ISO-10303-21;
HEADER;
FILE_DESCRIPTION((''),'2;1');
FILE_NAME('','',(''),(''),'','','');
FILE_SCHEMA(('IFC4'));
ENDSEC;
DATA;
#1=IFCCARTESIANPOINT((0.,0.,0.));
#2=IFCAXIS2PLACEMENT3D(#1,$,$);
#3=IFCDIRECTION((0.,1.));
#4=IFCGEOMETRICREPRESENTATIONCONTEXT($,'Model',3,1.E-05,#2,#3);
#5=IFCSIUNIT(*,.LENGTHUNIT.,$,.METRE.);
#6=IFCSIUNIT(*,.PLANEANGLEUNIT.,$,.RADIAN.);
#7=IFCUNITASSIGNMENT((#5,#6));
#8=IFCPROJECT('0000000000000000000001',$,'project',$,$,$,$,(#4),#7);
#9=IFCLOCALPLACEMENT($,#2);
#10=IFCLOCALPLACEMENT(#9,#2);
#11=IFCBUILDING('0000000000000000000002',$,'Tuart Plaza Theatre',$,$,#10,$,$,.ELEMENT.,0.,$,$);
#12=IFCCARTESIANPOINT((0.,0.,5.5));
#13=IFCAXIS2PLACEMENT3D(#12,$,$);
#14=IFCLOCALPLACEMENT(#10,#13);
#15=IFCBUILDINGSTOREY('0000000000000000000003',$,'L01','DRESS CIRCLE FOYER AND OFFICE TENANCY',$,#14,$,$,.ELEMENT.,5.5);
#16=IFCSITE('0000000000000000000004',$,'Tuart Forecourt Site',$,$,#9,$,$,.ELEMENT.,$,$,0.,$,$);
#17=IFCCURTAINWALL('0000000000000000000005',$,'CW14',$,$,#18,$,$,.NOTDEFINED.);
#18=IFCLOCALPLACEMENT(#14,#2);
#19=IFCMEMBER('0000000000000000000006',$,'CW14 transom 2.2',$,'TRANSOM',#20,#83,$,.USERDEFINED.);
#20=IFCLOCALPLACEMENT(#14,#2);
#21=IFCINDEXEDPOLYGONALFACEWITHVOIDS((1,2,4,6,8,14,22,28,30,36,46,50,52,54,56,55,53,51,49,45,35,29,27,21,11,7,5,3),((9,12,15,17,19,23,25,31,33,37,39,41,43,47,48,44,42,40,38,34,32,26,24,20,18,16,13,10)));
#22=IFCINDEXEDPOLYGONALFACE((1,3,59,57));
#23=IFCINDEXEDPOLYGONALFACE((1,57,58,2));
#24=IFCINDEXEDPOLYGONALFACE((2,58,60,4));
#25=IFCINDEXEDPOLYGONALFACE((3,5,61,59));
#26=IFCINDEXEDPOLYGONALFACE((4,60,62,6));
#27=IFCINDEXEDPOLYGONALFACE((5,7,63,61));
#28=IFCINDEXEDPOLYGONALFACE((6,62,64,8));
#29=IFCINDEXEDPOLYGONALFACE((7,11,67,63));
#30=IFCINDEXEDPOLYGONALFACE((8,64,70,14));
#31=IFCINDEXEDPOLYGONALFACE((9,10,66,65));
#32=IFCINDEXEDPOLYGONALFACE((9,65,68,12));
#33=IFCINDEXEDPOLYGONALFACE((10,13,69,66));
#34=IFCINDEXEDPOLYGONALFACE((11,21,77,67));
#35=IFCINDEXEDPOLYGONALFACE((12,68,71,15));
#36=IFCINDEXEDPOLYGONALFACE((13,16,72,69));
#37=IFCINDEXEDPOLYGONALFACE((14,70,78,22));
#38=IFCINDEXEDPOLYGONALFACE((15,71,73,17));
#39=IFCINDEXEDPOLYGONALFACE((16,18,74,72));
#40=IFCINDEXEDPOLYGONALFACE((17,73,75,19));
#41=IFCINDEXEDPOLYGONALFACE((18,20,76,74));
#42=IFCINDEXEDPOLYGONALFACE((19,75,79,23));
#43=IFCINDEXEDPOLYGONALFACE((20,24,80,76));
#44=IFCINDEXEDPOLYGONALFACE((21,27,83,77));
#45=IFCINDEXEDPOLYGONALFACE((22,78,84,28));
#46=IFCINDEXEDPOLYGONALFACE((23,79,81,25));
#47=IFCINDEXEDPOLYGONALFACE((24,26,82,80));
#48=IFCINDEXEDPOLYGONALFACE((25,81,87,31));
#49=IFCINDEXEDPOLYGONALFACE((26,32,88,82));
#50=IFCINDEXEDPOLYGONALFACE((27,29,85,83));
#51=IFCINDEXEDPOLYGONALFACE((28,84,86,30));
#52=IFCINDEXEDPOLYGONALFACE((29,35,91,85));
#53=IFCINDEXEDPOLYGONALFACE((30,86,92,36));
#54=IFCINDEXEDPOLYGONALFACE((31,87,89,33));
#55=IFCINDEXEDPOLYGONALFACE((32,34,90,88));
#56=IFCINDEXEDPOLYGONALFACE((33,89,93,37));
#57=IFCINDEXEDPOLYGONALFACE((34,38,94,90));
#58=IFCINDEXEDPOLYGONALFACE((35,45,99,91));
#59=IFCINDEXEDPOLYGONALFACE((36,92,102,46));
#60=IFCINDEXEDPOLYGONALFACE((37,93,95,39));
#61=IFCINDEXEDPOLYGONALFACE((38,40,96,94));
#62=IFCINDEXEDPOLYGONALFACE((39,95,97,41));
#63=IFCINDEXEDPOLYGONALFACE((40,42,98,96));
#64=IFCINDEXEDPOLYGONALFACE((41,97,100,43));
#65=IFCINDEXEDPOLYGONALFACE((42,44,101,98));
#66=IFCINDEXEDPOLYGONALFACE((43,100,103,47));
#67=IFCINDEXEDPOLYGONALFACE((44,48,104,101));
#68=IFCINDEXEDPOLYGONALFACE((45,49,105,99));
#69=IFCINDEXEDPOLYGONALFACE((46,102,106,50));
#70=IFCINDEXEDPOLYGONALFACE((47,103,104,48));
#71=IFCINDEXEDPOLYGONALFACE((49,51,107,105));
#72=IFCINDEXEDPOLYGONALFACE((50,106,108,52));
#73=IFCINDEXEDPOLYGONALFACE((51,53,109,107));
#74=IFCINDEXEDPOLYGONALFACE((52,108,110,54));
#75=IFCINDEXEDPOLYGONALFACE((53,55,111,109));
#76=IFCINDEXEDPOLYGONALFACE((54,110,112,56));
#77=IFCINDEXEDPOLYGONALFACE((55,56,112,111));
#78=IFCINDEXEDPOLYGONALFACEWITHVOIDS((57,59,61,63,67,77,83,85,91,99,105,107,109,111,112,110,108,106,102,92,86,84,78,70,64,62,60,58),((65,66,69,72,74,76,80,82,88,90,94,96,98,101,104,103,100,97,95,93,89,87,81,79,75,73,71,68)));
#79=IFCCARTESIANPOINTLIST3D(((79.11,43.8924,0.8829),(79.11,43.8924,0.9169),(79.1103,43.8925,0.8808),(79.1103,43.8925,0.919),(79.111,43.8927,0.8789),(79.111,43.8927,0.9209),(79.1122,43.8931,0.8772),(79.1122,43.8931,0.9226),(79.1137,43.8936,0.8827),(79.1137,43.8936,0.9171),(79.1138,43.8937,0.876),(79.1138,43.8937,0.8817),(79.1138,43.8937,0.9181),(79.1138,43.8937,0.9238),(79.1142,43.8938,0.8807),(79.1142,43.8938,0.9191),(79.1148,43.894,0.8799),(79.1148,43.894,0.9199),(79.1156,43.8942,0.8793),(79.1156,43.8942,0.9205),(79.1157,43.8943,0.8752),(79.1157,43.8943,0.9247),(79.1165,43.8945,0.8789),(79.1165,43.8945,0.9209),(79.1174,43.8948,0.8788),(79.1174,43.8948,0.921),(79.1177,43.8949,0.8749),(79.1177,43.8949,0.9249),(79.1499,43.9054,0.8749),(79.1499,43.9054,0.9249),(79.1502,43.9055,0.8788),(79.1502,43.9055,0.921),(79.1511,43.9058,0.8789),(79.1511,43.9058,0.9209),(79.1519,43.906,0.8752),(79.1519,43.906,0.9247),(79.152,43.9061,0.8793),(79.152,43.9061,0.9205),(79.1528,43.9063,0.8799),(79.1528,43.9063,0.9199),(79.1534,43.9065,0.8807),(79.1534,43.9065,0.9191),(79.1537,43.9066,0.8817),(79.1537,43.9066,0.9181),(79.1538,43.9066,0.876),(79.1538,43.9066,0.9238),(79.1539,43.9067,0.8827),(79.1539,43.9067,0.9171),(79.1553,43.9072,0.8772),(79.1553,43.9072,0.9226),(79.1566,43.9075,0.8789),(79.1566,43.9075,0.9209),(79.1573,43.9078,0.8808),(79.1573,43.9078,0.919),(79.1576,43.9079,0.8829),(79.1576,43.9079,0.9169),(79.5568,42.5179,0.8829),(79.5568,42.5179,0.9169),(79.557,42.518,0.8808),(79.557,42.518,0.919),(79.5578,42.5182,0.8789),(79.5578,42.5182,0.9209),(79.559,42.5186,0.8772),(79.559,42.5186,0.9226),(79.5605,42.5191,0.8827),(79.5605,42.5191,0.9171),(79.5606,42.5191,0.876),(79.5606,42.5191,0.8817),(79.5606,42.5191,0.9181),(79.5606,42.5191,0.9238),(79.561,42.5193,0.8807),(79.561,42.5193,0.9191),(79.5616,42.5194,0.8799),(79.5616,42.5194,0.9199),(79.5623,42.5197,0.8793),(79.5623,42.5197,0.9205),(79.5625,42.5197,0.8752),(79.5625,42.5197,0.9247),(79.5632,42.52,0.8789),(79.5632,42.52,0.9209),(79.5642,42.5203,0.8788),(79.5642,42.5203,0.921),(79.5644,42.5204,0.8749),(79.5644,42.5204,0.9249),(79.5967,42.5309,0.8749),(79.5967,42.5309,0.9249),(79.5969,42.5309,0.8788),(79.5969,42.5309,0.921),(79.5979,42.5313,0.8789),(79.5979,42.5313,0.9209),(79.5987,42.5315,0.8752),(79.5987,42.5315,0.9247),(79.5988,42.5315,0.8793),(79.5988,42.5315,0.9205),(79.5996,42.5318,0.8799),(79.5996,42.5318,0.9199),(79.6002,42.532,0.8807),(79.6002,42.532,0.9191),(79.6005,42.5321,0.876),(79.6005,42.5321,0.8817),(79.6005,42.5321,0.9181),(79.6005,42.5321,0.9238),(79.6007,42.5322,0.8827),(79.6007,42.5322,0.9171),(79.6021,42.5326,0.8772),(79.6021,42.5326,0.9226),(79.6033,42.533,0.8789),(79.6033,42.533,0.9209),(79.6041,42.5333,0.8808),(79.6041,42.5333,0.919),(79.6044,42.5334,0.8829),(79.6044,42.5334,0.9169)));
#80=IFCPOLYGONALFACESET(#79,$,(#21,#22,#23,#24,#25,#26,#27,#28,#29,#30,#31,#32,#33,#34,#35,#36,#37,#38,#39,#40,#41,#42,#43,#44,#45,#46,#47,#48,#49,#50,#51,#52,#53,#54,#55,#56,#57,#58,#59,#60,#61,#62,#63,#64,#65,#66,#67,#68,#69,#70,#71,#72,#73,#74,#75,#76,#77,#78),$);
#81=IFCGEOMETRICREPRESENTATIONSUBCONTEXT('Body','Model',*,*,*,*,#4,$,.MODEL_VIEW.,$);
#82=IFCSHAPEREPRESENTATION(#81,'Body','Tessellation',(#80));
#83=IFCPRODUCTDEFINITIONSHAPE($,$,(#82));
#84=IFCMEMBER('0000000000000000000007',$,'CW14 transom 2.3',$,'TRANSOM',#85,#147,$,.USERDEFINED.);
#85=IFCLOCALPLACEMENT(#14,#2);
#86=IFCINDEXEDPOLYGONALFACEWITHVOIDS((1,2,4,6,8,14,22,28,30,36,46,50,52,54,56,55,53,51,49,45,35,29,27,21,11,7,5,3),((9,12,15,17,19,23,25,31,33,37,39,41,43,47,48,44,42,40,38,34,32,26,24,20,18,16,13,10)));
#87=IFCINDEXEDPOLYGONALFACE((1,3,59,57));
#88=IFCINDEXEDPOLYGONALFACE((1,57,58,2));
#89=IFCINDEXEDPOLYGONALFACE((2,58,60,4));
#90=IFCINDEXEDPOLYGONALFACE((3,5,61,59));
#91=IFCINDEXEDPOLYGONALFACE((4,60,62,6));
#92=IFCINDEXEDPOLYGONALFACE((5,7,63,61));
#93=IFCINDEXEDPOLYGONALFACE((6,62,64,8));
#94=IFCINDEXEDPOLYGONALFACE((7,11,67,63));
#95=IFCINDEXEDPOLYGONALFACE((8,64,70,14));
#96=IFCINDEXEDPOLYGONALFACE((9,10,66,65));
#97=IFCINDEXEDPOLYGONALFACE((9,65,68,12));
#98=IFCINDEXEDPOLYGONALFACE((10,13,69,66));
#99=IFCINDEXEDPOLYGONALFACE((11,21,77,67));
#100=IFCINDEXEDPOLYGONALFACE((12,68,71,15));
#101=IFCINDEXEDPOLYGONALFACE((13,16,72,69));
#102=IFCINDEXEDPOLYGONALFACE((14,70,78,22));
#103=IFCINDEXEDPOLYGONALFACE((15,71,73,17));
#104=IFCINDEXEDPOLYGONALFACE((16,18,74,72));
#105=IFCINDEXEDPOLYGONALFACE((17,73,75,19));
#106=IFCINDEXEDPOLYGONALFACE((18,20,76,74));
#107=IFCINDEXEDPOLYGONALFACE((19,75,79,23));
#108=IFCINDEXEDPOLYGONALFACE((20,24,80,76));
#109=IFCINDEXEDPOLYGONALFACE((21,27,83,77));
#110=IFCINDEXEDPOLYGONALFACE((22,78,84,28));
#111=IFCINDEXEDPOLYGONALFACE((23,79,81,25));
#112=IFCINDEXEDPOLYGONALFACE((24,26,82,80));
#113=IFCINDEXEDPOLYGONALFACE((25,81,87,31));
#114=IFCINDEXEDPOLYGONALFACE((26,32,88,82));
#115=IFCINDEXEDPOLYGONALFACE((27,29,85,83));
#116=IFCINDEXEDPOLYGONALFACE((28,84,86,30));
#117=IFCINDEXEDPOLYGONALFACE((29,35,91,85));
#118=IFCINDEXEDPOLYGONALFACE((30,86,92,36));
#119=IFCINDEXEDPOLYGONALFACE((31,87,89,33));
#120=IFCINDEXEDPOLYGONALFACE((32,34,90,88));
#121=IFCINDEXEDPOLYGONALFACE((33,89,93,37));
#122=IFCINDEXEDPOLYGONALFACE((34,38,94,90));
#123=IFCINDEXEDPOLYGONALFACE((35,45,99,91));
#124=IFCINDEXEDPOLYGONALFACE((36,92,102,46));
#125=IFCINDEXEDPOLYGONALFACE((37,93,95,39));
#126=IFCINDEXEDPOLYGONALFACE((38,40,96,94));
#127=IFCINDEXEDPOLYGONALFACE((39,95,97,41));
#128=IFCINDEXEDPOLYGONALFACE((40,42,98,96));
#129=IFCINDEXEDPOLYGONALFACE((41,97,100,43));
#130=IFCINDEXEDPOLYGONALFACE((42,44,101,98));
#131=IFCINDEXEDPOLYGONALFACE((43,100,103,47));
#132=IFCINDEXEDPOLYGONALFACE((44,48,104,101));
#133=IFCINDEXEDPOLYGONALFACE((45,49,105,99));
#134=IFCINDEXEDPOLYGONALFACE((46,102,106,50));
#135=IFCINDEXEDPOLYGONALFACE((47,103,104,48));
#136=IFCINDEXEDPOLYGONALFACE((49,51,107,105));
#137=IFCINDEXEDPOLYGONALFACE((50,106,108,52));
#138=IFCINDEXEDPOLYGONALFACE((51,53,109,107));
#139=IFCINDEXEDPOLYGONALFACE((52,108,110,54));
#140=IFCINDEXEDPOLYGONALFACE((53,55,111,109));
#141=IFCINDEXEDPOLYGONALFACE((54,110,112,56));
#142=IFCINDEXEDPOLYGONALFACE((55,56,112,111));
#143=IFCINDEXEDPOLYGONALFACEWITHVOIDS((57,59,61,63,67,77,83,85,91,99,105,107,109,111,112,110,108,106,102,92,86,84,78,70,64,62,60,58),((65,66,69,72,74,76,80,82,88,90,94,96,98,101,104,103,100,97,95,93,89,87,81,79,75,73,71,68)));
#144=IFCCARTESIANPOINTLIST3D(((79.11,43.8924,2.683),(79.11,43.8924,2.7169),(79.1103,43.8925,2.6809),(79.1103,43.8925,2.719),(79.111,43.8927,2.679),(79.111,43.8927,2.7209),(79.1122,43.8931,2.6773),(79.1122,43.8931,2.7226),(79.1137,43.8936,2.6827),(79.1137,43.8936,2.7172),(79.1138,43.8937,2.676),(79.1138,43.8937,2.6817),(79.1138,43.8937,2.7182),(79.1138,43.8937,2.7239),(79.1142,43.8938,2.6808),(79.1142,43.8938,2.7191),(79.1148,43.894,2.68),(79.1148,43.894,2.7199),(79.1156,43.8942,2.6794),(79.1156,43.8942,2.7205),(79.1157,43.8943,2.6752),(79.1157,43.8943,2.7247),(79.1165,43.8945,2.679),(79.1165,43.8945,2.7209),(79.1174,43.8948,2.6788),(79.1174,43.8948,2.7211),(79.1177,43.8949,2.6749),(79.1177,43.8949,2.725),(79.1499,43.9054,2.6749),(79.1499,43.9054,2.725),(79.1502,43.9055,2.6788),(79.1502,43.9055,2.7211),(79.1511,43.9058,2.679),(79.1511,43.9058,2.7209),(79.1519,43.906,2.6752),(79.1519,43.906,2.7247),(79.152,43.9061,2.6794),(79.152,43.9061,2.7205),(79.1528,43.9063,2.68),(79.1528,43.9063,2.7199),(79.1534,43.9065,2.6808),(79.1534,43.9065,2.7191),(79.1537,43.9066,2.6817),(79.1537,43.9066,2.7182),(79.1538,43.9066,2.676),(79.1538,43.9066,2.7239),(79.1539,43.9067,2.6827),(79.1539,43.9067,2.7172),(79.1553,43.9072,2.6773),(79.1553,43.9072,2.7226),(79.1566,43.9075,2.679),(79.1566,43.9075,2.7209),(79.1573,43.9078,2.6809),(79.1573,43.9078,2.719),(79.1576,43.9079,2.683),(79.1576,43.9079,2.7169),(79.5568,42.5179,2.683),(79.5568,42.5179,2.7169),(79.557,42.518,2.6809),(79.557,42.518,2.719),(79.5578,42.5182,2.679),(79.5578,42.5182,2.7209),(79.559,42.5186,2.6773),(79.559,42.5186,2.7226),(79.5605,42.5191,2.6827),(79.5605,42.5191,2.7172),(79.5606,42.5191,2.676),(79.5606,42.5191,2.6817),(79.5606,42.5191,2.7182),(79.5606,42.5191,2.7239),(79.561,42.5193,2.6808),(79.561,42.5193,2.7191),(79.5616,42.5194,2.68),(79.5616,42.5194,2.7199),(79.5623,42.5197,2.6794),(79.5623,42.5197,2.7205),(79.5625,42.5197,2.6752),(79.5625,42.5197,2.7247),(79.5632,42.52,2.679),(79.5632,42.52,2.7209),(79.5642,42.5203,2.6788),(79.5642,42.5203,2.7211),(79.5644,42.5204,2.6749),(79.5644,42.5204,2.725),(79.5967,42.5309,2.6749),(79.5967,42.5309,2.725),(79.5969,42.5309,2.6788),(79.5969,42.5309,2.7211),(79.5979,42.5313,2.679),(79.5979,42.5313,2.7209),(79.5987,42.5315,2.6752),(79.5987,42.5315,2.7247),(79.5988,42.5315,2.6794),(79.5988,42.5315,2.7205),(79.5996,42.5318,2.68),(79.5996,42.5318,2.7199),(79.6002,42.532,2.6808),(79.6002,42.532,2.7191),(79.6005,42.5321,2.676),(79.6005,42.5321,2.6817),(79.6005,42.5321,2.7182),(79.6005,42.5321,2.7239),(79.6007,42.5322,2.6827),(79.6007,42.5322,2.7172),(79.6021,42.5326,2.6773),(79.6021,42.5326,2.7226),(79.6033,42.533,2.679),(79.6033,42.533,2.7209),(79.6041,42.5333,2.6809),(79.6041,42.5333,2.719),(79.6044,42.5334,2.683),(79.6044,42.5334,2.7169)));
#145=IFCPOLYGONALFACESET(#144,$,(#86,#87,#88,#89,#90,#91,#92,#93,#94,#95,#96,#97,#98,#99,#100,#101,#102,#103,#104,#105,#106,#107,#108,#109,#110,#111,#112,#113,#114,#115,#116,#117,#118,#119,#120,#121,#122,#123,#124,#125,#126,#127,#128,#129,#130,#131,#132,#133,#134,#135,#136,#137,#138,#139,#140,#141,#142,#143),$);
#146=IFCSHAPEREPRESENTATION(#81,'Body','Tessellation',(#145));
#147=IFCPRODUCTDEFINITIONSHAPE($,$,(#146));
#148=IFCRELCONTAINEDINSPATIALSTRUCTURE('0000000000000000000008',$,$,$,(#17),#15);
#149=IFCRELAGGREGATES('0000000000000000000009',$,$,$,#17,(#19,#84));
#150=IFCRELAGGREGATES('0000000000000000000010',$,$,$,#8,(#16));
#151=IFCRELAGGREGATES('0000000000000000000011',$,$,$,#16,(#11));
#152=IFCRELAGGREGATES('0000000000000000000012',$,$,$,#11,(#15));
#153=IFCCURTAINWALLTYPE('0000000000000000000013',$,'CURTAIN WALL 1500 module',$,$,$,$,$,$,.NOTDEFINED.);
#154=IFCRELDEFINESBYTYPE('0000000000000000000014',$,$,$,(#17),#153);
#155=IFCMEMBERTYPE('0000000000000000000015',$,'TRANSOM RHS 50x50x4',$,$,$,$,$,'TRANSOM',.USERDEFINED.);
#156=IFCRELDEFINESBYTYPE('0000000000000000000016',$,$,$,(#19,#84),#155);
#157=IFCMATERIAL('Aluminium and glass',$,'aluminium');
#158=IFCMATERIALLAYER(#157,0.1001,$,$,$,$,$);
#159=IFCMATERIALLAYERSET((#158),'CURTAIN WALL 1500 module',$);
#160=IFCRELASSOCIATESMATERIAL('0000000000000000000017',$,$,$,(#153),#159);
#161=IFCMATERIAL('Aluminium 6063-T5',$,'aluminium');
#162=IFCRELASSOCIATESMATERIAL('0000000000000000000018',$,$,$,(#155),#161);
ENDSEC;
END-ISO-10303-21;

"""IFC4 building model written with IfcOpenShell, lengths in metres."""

from ifc_helpers import new_model, si_unit, direction, frame, origin, origin_2d, place, context, subcontext, project, spatial, hollow_rectangle, extrude, material, layer, layer_set, material_profile, profile_set, type_object, element, aggregate, save


model = new_model("IFC4")

# Units and contexts
model_context = context("Model", 3, precision=1e-05, world=origin(), true_north=direction((0.0, 1.0)))
body_context = subcontext(model_context, "Body", "Model", "MODEL_VIEW")
ifc_project = project(units=[si_unit("LENGTHUNIT", "METRE"), si_unit("PLANEANGLEUNIT", "RADIAN")], contexts=[model_context])

# Site, building, storey
site_placement = place(None, origin())
site = spatial("IfcSite", under=ifc_project, at=site_placement, Name="Tuart Forecourt Site", CompositionType="ELEMENT", RefElevation=0.0)
building_placement = place(site_placement, origin())
building = spatial("IfcBuilding", under=site, at=building_placement, Name="Tuart Plaza Theatre", CompositionType="ELEMENT", ElevationOfRefHeight=0.0)
storey_placement = place(building_placement, frame((0.0, 0.0, 5.5)))
storey = spatial("IfcBuildingStorey", under=building, at=storey_placement, Name="L01", Description="DRESS CIRCLE FOYER AND OFFICE TENANCY", CompositionType="ELEMENT", Elevation=5.5)

# Curtain wall, members
ifc_material_1 = material(Name="Aluminium and glass", Category="aluminium")
ifc_layer_1 = layer(ifc_material_1, 0.1001)
ifc_layer_set_1 = layer_set([ifc_layer_1], Name="CURTAIN WALL 1500 module")
curtain_wall_type = type_object("IfcCurtainWallType", Name="CURTAIN WALL 1500 module", PredefinedType="NOTDEFINED", material=ifc_layer_set_1)
curtain_wall_placement = place(storey_placement, origin())
curtain_wall = element("IfcCurtainWall", 1, at=curtain_wall_placement, inside=storey, type_object=curtain_wall_type, Name="CW14", PredefinedType="NOTDEFINED")
ifc_material_2 = material(Name="Aluminium 6063-T5", Category="aluminium")
ifc_material_profile_1 = material_profile(ifc_material_2, hollow_rectangle(XDim=0.05, YDim=0.05, WallThickness=0.0039, InnerFilletRadius=0.0039, OuterFilletRadius=0.0081, at=origin_2d()), Name="RHS 50x50x4")
ifc_profile_set_1 = profile_set([ifc_material_profile_1], Name="Aluminium 6063-T5")
member_type_1 = type_object("IfcMemberType", Name="TRANSOM RHS 50x50x4", ElementType="TRANSOM", PredefinedType="USERDEFINED", material=ifc_profile_set_1)
member_1_placement = place(storey_placement, frame((79.1338, 43.9001, 0.8999), z_axis=(0.309124, -0.951022, 0.0), x_axis=(0.951022, 0.309124, 0.0)))
member_1 = element("IfcMember", 2, at=member_1_placement, type_object=member_type_1, Name="CW14 transom 2.2", ObjectType="TRANSOM", PredefinedType="USERDEFINED", context=body_context, shape_type="SweptSolid", body=[
    extrude(hollow_rectangle(XDim=0.05, YDim=0.05, WallThickness=0.0039, InnerFilletRadius=0.0039, OuterFilletRadius=0.0081, at=origin_2d()), origin(), (0.0, 0.0, 1.0), 1.4453),
])
member_2_placement = place(storey_placement, frame((79.1338, 43.9001, 2.7), z_axis=(0.309124, -0.951022, 0.0), x_axis=(0.951022, 0.309124, 0.0)))
member_2 = element("IfcMember", 3, at=member_2_placement, type_object=member_type_1, Name="CW14 transom 2.3", ObjectType="TRANSOM", PredefinedType="USERDEFINED", context=body_context, shape_type="SweptSolid", body=[
    extrude(hollow_rectangle(XDim=0.05, YDim=0.05, WallThickness=0.0039, InnerFilletRadius=0.0039, OuterFilletRadius=0.0081, at=origin_2d()), origin(), (0.0, 0.0, 1.0), 1.4453),
])
aggregate(curtain_wall, [member_1, member_2])

save(model, "model.ifc")
